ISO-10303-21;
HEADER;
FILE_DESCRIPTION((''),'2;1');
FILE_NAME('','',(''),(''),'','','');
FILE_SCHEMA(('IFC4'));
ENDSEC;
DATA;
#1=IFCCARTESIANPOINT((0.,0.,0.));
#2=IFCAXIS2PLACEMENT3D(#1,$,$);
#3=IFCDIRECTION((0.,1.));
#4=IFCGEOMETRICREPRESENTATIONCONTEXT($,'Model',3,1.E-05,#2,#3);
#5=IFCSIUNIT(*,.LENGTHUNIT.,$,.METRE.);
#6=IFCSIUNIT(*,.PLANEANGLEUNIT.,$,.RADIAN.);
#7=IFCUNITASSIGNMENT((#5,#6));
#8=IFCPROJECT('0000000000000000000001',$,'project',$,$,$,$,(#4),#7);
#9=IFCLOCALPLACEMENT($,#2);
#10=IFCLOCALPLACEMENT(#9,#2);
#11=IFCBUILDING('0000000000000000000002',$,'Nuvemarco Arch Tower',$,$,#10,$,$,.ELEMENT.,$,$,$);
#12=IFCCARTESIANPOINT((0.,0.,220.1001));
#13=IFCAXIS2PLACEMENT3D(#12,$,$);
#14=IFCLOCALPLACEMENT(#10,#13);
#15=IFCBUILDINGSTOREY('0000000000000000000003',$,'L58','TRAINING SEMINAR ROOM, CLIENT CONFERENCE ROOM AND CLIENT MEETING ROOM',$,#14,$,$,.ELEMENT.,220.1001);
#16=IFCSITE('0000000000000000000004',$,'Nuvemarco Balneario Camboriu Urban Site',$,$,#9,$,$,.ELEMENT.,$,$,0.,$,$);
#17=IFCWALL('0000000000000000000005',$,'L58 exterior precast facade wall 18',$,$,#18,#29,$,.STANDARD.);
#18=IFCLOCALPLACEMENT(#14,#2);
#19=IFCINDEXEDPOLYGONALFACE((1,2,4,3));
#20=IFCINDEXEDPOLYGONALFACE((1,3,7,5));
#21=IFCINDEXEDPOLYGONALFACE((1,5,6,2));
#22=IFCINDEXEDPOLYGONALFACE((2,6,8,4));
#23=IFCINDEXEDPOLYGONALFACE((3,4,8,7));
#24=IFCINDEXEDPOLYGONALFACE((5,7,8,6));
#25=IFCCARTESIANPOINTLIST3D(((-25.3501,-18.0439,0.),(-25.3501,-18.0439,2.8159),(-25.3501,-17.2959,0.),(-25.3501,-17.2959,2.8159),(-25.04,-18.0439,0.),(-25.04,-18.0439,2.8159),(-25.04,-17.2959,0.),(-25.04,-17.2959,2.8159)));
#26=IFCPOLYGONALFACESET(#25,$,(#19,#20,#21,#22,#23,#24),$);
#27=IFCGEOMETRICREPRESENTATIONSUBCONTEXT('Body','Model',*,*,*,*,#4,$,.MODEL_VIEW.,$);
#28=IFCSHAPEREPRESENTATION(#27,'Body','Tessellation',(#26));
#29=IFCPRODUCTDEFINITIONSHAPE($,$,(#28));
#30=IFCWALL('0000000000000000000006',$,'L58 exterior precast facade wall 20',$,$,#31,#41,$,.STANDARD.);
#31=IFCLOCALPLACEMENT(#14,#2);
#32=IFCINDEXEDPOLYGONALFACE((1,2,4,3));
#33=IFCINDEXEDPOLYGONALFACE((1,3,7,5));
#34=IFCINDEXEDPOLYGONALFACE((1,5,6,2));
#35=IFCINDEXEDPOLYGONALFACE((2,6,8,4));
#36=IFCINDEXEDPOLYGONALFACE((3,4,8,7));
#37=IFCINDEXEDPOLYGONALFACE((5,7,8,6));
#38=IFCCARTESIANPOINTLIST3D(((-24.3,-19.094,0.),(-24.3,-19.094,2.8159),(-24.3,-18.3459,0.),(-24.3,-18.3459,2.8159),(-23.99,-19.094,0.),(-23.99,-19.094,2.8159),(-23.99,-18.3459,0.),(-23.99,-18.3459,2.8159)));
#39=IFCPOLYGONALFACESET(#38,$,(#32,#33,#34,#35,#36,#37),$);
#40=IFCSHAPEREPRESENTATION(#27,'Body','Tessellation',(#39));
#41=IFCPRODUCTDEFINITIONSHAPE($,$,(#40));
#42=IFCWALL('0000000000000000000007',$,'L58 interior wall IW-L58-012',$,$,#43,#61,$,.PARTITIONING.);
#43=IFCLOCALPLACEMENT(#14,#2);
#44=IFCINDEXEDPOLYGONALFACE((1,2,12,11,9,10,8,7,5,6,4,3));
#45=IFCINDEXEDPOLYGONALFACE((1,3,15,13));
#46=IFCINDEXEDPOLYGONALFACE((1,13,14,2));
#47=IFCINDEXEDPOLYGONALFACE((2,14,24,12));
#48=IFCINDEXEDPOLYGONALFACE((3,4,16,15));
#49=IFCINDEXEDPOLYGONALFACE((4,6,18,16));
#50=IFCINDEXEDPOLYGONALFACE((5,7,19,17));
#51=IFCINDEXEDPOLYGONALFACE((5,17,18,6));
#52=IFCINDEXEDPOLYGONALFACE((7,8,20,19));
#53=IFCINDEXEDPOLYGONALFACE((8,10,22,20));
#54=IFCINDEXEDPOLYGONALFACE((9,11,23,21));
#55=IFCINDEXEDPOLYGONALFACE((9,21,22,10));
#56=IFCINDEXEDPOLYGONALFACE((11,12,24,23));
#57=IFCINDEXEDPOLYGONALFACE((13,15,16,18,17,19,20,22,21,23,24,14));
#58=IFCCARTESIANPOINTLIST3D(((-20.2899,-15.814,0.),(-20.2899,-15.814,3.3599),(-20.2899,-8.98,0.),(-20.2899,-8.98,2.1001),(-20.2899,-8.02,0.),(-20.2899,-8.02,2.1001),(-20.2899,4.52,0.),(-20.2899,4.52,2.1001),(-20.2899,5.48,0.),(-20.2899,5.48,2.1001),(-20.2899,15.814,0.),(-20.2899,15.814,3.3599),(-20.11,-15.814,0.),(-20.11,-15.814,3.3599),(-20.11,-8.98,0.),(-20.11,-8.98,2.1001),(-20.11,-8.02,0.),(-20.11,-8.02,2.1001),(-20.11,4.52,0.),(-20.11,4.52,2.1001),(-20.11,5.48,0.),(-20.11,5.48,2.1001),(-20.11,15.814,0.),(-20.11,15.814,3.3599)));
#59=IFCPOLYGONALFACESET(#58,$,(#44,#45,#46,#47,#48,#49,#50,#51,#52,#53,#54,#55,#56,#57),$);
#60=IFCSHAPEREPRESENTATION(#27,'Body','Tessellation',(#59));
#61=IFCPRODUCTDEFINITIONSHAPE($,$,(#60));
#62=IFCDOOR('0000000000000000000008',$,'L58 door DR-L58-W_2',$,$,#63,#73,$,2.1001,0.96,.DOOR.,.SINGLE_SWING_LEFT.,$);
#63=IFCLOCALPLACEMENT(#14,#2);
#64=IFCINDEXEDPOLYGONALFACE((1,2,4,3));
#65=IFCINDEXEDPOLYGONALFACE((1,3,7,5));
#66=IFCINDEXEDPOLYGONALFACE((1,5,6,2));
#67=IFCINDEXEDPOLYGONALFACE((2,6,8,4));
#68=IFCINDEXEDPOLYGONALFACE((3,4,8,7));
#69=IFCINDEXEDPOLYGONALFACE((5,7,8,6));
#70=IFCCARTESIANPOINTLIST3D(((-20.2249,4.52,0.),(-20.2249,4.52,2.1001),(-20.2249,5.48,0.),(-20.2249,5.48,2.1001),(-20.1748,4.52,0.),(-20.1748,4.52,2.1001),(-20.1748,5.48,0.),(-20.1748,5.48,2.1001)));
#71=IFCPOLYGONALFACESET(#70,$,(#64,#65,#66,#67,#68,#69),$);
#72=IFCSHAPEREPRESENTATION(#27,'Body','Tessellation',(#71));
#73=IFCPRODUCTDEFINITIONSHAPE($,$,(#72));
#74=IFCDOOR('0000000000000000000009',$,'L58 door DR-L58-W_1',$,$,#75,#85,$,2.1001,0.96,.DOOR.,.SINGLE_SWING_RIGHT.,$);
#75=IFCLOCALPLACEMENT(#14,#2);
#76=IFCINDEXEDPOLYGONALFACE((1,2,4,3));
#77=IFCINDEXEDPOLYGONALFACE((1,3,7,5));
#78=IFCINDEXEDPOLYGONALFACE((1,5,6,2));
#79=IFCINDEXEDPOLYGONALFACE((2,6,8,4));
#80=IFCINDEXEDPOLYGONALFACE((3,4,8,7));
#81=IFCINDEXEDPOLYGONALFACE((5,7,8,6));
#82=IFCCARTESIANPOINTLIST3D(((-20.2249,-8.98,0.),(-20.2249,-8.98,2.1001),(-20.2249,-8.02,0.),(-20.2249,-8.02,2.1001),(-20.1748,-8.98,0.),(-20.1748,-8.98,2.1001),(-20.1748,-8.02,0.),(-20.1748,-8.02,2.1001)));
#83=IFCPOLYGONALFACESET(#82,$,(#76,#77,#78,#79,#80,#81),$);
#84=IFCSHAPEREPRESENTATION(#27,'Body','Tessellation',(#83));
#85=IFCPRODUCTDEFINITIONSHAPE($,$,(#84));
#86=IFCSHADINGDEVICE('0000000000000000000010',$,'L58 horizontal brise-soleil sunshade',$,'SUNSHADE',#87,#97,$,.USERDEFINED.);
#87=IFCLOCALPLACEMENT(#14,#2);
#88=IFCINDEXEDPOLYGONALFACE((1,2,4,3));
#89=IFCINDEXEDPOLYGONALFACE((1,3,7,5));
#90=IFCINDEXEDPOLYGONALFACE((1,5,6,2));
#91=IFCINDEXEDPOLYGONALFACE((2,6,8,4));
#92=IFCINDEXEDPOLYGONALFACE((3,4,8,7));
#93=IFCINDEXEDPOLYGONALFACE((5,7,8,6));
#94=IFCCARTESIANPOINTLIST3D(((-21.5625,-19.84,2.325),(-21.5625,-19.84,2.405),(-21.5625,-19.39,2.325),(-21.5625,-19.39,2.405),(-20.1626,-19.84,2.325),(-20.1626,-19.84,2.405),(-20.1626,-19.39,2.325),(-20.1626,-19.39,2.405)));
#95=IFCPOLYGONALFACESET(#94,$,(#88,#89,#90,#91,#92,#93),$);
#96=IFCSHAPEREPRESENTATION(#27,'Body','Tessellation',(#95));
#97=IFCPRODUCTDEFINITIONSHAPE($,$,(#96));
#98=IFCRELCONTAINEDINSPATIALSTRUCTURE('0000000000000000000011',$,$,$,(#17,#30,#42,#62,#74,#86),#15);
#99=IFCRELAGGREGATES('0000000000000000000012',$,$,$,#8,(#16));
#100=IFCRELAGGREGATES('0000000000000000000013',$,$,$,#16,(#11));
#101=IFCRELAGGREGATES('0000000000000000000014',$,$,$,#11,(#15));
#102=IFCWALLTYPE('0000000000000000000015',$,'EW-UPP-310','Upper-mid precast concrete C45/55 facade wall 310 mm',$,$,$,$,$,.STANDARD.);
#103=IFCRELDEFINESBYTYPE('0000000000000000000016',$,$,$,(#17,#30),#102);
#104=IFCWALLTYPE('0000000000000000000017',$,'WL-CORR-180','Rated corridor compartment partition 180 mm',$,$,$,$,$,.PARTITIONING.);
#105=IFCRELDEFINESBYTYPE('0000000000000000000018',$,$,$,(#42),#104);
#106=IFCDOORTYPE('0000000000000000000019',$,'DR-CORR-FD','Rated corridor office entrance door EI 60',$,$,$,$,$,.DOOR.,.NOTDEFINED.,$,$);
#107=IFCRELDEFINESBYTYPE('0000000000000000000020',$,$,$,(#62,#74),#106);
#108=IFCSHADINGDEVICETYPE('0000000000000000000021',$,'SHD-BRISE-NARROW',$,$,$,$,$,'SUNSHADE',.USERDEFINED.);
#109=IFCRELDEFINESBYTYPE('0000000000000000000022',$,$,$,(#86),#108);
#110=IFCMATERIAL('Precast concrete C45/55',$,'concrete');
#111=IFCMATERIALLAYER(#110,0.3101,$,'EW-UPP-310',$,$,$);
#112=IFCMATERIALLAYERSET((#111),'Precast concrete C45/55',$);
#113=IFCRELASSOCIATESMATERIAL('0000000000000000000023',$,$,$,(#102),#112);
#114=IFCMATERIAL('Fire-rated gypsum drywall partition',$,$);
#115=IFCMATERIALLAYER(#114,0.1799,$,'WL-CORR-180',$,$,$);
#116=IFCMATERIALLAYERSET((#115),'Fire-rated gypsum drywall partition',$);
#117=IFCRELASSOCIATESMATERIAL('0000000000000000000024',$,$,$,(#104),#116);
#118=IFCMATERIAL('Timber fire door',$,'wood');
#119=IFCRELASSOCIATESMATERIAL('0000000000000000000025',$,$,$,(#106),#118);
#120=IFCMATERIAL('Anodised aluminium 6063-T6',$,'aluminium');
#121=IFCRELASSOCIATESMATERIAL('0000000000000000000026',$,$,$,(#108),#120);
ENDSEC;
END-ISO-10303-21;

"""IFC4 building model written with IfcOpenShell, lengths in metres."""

from ifc_helpers import new_model, si_unit, direction, frame, frame_2d, origin, origin_2d, place, context, subcontext, project, spatial, rectangle, extrude, source, transform, mapped, material, layer, layer_set, type_object, type_shapes, element, fill, save


model = new_model("IFC4")

# Units and contexts
model_context = context("Model", 3, precision=1e-05, world=origin(), true_north=direction((0.0, 1.0)))
body_context = subcontext(model_context, "Body", "Model", "MODEL_VIEW")
ifc_project = project(units=[si_unit("LENGTHUNIT", "METRE"), si_unit("PLANEANGLEUNIT", "RADIAN")], contexts=[model_context])

# Site, building, storey
site_placement = place(None, origin())
site = spatial("IfcSite", under=ifc_project, at=site_placement, Name="Nuvemarco Balneario Camboriu Urban Site", CompositionType="ELEMENT", RefElevation=0.0)
building_placement = place(site_placement, origin())
building = spatial("IfcBuilding", under=site, at=building_placement, Name="Nuvemarco Arch Tower", CompositionType="ELEMENT")
storey_placement = place(building_placement, frame((0.0, 0.0, 220.1001)))
storey = spatial("IfcBuildingStorey", under=building, at=storey_placement, Name="L58", Description="TRAINING SEMINAR ROOM, CLIENT CONFERENCE ROOM AND CLIENT MEETING ROOM", CompositionType="ELEMENT", Elevation=220.1001)

# Shared definitions
ifc_material_1 = material(Name="Precast concrete C45/55", Category="concrete")
ifc_layer_1 = layer(ifc_material_1, 0.3101, Name="EW-UPP-310")
ifc_layer_set_1 = layer_set([ifc_layer_1], Name="Precast concrete C45/55")
wall_type_1 = type_object("IfcWallType", Name="EW-UPP-310", Description="Upper-mid precast concrete C45/55 facade wall 310 mm", PredefinedType="STANDARD", material=ifc_layer_set_1)

# Walls
for number, where, z_axis, x_axis, name in (
    (1, (-25.1951, -18.0439, 0.0), (0.0, 0.0, 1.0), (0.0, 1.0, 0.0), "L58 exterior precast facade wall 18"),
    (2, (-24.145, -19.094, 0.0), (0.0, 0.0, 1.0), (0.0, 1.0, 0.0), "L58 exterior precast facade wall 20"),
):
    element("IfcWall", number, at=place(storey_placement, frame(where, z_axis=z_axis, x_axis=x_axis)), inside=storey, type_object=wall_type_1, Name=name, PredefinedType="STANDARD", context=body_context, shape_type="SweptSolid", body=[
        extrude(rectangle(XDim=0.748, YDim=0.3101, at=frame_2d((0.374, 0.0))), origin(), (0.0, 0.0, 1.0), 2.8159),
    ])

# Wall, openings, doors
ifc_material_2 = material(Name="Fire-rated gypsum drywall partition")
ifc_layer_2 = layer(ifc_material_2, 0.1799, Name="WL-CORR-180")
ifc_layer_set_2 = layer_set([ifc_layer_2], Name="Fire-rated gypsum drywall partition")
wall_type_2 = type_object("IfcWallType", Name="WL-CORR-180", Description="Rated corridor compartment partition 180 mm", PredefinedType="PARTITIONING", material=ifc_layer_set_2)
wall_1_placement = place(storey_placement, frame((-20.2, -15.814, 0.0), z_axis=(0.0, 0.0, 1.0), x_axis=(0.0, 1.0, 0.0)))
wall_1 = element("IfcWall", 3, at=wall_1_placement, inside=storey, type_object=wall_type_2, Name="L58 interior wall IW-L58-012", PredefinedType="PARTITIONING", context=body_context, shape_type="SweptSolid", body=[
    extrude(rectangle(XDim=31.6279, YDim=0.1799, at=frame_2d((15.814, 0.0))), origin(), (0.0, 0.0, 1.0), 3.3599),
])
opening_1_placement = place(wall_1_placement, frame((20.334, 0.0, 0.0)))
opening_1 = element("IfcOpeningElement", 4, at=opening_1_placement, cuts=wall_1, PredefinedType="OPENING", context=body_context, shape_type="SweptSolid", body=[
    extrude(rectangle(XDim=0.96, YDim=2.1001, at=frame_2d((0.48, 1.05))), frame((0.0, 0.0999, 0.0), z_axis=(0.0, -1.0, 0.0), x_axis=(1.0, 0.0, 0.0)), (0.0, 0.0, 1.0), 0.2),
])
opening_2_placement = place(wall_1_placement, frame((6.834, 0.0, 0.0)))
opening_2 = element("IfcOpeningElement", 5, at=opening_2_placement, cuts=wall_1, PredefinedType="OPENING", context=body_context, shape_type="SweptSolid", body=[
    extrude(rectangle(XDim=0.96, YDim=2.1001, at=frame_2d((0.48, 1.05))), frame((0.0, 0.0999, 0.0), z_axis=(0.0, -1.0, 0.0), x_axis=(1.0, 0.0, 0.0)), (0.0, 0.0, 1.0), 0.2),
])
ifc_material_3 = material(Name="Timber fire door", Category="wood")
door_type = type_object("IfcDoorType", Name="DR-CORR-FD", Description="Rated corridor office entrance door EI 60", OperationType="NOTDEFINED", PredefinedType="DOOR", material=ifc_material_3)
shared_shape_1 = source(origin(), body_context, "Body", "SweptSolid", [
    extrude(rectangle(XDim=0.96, YDim=2.1001, at=frame_2d((0.48, 1.05))), frame((0.0, 0.0249, 0.0), z_axis=(0.0, -1.0, 0.0), x_axis=(1.0, 0.0, 0.0)), (0.0, 0.0, 1.0), 0.05),
])
type_shapes(door_type, [shared_shape_1])
door_1_placement = place(opening_1_placement, origin())
door_1 = element("IfcDoor", 6, at=door_1_placement, inside=storey, type_object=door_type, Name="L58 door DR-L58-W_2", OperationType="SINGLE_SWING_LEFT", OverallHeight=2.1001, OverallWidth=0.96, PredefinedType="DOOR", context=body_context, shape_type="MappedRepresentation", body=[
    mapped(shared_shape_1, transform((0.0, 0.0, 0.0), scale=1.0)),
])
fill(opening_1, door_1)
door_2_placement = place(opening_2_placement, origin())
door_2 = element("IfcDoor", 7, at=door_2_placement, inside=storey, type_object=door_type, Name="L58 door DR-L58-W_1", OperationType="SINGLE_SWING_RIGHT", OverallHeight=2.1001, OverallWidth=0.96, PredefinedType="DOOR", context=body_context, shape_type="MappedRepresentation", body=[
    mapped(shared_shape_1, transform((0.0, 0.0, 0.0), scale=1.0)),
])
fill(opening_2, door_2)

# Shading device
ifc_material_4 = material(Name="Anodised aluminium 6063-T6", Category="aluminium")
shading_device_type = type_object("IfcShadingDeviceType", Name="SHD-BRISE-NARROW", ElementType="SUNSHADE", PredefinedType="USERDEFINED", material=ifc_material_4)
shared_shape_2 = source(origin(), body_context, "Body", "SweptSolid", [
    extrude(rectangle(XDim=1.3999, YDim=0.45, at=origin_2d()), origin(), (0.0, 0.0, 1.0), 0.0801),
])
type_shapes(shading_device_type, [shared_shape_2])
shading_device_placement = place(storey_placement, frame((-20.8625, -19.615, 2.325), z_axis=(0.0, 0.0, 1.0), x_axis=(1.0, 0.0, 0.0)))
element("IfcShadingDevice", 8, at=shading_device_placement, inside=storey, type_object=shading_device_type, Name="L58 horizontal brise-soleil sunshade", ObjectType="SUNSHADE", PredefinedType="USERDEFINED", context=body_context, shape_type="MappedRepresentation", body=[
    mapped(shared_shape_2, transform((0.0, 0.0, 0.0), scale=1.0)),
])

save(model, "model.ifc")
